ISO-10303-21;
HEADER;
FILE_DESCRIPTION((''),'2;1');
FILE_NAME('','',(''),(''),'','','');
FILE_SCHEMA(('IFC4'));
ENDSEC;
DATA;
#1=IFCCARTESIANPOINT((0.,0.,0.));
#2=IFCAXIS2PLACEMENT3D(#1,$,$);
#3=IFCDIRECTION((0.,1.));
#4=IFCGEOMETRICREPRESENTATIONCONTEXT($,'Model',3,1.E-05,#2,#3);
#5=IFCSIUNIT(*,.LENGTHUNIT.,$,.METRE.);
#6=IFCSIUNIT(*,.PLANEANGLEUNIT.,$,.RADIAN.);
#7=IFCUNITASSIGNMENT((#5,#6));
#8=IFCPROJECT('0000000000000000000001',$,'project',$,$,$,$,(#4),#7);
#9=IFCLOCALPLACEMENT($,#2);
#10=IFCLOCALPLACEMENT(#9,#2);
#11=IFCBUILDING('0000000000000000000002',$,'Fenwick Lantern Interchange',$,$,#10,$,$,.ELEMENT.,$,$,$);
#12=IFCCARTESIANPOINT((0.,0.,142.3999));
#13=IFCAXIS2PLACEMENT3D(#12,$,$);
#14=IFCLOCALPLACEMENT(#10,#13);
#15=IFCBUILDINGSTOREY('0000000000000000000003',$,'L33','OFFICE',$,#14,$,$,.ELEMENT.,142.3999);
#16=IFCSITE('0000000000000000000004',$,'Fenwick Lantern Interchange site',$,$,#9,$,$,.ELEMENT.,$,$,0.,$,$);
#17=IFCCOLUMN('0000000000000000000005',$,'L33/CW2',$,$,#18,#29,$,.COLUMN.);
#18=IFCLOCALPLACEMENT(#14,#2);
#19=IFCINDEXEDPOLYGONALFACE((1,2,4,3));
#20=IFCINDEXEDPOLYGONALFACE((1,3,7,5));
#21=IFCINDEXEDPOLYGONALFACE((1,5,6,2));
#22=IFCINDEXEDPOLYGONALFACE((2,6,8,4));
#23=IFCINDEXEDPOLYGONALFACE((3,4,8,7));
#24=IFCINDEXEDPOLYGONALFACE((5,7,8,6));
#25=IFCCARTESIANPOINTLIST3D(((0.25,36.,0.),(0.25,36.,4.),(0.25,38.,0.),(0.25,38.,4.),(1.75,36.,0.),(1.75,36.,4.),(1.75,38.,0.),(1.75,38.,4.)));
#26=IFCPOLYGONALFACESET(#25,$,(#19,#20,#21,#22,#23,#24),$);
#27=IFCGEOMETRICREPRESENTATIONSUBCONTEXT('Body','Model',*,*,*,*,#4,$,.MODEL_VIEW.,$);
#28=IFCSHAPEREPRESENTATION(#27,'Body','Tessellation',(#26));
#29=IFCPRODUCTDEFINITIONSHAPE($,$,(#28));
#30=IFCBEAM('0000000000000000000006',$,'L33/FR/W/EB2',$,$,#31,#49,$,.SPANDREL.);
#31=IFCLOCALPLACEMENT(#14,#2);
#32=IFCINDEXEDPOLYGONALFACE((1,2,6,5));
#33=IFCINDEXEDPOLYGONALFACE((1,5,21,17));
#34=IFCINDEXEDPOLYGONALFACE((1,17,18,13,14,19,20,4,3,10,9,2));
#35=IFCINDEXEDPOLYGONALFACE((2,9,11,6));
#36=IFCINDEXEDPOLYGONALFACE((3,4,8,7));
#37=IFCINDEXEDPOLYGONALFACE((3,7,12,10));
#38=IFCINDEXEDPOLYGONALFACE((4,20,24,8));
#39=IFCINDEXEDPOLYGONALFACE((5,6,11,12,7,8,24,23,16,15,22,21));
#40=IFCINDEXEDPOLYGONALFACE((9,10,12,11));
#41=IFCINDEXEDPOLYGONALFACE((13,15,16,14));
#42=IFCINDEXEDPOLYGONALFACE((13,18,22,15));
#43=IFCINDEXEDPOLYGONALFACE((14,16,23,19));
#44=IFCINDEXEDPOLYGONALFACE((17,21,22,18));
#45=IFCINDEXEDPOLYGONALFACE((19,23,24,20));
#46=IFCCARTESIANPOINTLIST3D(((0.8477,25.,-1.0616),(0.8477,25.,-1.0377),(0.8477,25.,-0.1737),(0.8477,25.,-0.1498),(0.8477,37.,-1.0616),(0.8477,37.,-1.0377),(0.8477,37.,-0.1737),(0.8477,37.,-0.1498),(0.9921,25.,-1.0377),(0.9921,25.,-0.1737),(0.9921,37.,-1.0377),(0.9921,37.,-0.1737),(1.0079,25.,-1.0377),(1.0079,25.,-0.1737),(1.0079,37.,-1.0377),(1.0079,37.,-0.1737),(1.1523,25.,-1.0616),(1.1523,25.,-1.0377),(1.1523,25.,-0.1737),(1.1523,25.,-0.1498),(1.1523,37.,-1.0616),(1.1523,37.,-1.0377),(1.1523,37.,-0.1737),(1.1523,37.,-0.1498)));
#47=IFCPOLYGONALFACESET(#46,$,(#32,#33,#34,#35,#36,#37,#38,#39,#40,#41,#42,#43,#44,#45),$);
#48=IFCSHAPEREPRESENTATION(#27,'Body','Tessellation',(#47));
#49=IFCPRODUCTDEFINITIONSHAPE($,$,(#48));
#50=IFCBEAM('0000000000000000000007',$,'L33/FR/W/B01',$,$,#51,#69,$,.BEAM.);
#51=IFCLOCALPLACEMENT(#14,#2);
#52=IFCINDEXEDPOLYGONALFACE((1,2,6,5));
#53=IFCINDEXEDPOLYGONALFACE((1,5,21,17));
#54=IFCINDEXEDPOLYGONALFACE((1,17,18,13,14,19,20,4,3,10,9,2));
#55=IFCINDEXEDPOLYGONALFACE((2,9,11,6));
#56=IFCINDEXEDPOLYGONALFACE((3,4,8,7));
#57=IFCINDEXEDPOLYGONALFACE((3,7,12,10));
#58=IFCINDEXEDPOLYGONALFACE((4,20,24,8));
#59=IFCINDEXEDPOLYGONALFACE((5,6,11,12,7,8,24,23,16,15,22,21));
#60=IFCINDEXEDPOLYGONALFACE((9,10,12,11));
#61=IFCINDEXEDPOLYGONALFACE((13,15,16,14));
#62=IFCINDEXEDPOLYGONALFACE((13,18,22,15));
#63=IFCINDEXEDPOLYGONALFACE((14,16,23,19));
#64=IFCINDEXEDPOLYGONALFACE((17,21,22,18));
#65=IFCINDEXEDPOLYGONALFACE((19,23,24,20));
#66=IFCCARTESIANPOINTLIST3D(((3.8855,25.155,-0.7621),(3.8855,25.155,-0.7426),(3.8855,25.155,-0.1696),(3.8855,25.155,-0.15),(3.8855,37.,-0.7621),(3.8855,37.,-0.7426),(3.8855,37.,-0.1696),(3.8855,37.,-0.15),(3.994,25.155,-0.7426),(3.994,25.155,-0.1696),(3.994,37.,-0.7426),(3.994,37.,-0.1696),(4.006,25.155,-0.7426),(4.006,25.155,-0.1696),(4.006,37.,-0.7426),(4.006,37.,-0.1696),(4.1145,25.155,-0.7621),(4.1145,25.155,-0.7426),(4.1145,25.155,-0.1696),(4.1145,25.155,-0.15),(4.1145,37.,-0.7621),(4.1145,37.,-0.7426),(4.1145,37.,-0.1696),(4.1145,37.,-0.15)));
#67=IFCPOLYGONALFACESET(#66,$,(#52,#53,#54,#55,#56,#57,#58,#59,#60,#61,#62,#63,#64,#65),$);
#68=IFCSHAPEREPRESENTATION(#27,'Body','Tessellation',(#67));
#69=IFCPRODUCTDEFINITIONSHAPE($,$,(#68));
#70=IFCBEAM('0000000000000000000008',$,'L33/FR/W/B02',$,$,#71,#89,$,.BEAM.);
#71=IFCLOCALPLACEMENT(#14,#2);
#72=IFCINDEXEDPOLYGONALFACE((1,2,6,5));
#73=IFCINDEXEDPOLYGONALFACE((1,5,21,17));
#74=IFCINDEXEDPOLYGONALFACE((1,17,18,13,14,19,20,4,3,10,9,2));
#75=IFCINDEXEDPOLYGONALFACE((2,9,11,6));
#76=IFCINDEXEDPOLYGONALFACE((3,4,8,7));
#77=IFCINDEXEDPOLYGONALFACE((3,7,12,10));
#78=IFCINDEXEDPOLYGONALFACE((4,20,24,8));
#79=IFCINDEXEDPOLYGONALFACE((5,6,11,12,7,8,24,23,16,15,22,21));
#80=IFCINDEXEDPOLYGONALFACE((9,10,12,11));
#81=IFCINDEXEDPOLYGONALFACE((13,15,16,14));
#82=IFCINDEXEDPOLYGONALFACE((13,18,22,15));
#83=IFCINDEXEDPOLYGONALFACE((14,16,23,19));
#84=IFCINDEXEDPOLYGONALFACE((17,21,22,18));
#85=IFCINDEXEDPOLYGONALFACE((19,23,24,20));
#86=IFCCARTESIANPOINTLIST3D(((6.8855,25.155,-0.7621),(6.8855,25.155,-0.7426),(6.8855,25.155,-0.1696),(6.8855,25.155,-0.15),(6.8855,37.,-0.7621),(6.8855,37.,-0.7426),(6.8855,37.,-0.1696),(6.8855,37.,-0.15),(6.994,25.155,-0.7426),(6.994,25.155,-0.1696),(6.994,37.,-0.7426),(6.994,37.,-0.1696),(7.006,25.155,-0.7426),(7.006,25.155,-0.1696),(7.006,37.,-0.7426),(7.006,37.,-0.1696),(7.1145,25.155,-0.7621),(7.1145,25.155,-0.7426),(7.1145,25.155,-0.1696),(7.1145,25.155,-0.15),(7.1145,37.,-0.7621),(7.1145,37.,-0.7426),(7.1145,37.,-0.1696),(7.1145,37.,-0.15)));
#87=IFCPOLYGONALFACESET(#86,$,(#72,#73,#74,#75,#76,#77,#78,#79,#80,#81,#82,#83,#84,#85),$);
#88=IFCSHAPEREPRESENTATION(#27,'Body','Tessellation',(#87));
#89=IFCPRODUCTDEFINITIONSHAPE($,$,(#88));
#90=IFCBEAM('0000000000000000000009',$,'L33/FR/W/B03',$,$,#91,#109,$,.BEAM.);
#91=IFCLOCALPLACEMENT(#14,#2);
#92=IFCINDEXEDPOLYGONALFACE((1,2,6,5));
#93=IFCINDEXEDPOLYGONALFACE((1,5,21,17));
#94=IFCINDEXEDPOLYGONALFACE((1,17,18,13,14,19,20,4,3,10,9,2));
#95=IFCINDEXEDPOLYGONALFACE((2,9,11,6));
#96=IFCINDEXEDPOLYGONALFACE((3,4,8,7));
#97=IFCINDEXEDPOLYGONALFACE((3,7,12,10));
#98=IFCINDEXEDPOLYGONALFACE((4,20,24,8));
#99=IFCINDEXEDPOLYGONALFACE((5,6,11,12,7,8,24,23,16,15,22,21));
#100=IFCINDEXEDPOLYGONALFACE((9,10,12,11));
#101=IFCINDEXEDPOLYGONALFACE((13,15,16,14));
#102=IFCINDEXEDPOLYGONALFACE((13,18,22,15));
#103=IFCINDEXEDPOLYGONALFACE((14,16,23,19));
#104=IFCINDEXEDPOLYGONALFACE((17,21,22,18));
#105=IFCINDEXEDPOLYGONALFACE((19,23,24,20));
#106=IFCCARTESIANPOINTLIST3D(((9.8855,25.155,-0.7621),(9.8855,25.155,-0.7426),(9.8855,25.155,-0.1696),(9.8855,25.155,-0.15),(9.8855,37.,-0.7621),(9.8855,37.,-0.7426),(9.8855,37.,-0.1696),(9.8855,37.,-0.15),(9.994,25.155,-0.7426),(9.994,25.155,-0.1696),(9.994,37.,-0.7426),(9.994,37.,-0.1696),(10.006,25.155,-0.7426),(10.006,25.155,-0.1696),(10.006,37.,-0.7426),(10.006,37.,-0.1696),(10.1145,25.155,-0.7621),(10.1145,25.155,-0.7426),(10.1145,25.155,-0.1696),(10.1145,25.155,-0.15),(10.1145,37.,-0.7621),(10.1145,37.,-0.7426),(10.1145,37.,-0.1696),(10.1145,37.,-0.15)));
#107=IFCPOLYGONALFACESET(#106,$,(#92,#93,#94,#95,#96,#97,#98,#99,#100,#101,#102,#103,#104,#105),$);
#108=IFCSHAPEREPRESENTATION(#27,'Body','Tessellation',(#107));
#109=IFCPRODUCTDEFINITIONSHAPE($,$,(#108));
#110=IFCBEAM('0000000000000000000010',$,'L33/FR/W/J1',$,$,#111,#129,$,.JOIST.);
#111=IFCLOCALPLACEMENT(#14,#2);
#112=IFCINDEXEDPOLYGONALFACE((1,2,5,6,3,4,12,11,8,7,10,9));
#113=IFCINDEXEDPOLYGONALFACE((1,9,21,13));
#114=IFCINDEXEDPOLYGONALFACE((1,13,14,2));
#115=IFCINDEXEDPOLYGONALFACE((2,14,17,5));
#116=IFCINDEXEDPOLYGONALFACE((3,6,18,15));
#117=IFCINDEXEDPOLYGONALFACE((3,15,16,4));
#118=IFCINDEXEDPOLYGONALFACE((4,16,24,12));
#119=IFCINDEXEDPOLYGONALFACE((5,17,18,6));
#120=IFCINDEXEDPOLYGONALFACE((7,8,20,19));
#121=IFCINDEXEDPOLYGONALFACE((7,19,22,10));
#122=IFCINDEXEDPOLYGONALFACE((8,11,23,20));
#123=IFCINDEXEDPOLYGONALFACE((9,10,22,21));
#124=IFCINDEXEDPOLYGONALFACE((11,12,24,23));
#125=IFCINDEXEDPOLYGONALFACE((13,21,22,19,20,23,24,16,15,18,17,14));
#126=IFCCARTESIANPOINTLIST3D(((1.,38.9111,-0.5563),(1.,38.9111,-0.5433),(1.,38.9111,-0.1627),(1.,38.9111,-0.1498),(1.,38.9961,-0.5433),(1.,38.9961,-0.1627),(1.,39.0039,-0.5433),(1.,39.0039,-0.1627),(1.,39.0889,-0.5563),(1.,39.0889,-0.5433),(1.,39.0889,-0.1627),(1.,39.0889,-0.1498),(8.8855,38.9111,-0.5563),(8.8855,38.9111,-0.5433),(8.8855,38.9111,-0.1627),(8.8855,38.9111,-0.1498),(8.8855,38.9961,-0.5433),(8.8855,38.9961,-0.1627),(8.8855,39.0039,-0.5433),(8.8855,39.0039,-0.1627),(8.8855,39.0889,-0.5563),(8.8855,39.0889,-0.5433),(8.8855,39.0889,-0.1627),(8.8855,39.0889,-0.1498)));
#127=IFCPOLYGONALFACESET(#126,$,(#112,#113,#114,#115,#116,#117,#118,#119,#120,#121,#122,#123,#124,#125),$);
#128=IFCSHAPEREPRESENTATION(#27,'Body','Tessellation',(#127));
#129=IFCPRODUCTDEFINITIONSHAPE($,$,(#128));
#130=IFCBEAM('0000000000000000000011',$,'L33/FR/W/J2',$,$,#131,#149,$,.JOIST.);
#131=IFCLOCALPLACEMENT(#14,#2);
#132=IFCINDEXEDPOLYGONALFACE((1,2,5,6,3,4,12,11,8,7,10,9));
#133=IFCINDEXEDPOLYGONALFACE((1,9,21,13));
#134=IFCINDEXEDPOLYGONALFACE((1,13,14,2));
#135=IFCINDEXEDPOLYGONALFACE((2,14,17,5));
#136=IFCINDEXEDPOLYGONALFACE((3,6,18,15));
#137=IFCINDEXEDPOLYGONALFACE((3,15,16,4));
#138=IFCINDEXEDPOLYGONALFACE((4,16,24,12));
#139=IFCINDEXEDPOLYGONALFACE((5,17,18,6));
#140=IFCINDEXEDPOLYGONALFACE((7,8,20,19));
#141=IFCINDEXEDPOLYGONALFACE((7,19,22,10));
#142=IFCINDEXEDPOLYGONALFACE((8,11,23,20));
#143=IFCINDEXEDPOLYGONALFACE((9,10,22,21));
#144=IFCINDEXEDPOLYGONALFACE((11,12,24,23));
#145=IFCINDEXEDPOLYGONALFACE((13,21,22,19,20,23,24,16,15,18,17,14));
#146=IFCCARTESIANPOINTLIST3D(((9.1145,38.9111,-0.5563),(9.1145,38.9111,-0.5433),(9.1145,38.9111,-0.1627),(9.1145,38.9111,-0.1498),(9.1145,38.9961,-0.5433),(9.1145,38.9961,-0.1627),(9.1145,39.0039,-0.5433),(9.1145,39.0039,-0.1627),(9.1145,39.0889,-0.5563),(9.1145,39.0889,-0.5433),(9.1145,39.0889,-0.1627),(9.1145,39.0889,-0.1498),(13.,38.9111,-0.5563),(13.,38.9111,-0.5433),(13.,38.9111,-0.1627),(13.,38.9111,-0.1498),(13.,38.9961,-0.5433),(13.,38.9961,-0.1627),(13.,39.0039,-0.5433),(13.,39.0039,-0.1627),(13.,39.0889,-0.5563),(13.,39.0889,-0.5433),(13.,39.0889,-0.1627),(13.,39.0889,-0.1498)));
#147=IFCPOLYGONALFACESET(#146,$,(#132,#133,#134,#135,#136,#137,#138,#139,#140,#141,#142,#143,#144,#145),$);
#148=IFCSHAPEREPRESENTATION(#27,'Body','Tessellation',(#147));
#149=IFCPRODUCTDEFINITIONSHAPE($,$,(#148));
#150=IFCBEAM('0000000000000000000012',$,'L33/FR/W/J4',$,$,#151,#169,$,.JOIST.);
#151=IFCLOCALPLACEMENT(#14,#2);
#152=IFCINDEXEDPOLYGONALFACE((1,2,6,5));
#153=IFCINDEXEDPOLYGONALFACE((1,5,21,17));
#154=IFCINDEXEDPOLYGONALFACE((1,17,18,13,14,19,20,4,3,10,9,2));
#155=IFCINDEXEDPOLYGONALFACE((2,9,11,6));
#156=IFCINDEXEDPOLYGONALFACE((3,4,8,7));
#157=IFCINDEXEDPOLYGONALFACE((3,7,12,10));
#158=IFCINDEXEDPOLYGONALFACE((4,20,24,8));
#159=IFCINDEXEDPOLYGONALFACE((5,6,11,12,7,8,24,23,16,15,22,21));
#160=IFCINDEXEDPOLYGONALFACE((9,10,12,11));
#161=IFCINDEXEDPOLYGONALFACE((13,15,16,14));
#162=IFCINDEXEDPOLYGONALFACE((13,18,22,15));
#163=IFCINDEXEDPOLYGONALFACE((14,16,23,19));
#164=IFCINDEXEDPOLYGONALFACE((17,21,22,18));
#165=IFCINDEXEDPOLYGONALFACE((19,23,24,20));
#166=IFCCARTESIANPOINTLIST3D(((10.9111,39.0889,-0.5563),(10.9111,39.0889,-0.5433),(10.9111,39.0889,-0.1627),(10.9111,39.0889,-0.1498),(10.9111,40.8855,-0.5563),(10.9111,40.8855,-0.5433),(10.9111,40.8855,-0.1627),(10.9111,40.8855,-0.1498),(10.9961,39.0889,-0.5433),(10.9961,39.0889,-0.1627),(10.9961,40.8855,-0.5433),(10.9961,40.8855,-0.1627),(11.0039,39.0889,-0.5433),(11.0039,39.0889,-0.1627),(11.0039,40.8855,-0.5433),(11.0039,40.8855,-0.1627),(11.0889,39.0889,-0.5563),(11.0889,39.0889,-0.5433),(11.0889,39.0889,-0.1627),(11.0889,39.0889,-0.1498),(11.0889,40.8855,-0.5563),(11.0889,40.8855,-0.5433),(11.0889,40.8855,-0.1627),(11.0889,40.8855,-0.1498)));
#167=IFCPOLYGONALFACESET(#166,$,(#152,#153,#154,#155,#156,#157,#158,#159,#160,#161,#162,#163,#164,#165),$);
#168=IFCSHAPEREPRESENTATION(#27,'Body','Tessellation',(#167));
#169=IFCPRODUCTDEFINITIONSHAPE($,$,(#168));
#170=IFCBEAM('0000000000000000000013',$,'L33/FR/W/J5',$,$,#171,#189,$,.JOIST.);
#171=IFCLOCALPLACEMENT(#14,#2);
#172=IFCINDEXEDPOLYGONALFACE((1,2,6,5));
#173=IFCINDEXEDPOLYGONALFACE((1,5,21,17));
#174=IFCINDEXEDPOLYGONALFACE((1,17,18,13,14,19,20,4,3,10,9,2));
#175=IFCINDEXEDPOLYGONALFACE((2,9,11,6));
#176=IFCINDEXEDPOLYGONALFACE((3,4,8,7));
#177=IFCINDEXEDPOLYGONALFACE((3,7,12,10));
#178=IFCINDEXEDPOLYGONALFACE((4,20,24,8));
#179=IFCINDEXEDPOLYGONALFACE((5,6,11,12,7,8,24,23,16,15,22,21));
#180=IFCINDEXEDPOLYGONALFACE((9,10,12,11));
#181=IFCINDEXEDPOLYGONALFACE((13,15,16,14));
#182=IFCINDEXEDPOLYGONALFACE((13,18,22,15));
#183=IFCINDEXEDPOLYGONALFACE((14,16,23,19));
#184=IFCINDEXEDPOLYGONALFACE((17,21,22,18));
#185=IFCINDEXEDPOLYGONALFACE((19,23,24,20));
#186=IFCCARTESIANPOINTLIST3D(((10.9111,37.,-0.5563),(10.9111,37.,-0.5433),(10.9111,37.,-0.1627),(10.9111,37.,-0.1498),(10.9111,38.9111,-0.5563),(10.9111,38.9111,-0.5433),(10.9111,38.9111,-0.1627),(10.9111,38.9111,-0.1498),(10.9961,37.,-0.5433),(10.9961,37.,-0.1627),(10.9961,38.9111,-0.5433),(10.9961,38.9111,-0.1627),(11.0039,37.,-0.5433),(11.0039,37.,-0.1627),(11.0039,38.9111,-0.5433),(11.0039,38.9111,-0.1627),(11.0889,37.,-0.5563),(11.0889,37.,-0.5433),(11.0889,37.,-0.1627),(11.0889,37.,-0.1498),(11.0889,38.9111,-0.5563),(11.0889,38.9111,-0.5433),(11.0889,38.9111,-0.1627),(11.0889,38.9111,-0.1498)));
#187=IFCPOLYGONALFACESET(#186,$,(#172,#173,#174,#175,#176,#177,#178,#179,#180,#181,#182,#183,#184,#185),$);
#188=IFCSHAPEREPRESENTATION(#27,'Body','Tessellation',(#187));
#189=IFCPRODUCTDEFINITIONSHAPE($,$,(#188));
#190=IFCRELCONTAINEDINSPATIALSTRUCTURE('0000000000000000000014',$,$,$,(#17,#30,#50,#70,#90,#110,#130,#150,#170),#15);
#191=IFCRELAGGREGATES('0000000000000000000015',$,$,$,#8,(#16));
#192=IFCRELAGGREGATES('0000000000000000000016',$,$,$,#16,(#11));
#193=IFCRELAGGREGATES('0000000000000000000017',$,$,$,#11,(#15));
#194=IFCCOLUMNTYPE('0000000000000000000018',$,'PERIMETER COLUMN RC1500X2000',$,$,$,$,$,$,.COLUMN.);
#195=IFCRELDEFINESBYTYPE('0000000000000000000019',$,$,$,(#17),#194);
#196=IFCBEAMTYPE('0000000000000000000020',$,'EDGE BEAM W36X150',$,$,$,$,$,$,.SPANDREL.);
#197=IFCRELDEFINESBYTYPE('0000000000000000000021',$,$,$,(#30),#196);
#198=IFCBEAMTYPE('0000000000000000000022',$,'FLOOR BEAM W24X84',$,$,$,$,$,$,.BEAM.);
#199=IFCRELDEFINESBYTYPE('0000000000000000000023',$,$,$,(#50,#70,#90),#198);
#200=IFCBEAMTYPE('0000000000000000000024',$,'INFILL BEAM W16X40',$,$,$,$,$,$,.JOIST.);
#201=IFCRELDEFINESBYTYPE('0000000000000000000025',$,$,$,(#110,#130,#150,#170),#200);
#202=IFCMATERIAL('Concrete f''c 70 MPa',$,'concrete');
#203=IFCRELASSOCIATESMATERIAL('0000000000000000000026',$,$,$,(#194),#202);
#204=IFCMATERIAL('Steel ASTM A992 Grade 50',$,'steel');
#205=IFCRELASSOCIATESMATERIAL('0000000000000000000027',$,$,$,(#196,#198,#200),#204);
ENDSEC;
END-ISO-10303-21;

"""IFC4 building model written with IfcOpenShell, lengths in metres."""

from ifc_helpers import new_model, si_unit, direction, frame, origin, origin_2d, place, context, subcontext, project, spatial, rectangle, i_section, extrude, material, material_profile, profile_set, type_object, element, save


model = new_model("IFC4")

# Units and contexts
model_context = context("Model", 3, precision=1e-05, world=origin(), true_north=direction((0.0, 1.0)))
body_context = subcontext(model_context, "Body", "Model", "MODEL_VIEW")
ifc_project = project(units=[si_unit("LENGTHUNIT", "METRE"), si_unit("PLANEANGLEUNIT", "RADIAN")], contexts=[model_context])

# Site, building, storey
site_placement = place(None, origin())
site = spatial("IfcSite", under=ifc_project, at=site_placement, Name="Fenwick Lantern Interchange site", CompositionType="ELEMENT", RefElevation=0.0)
building_placement = place(site_placement, origin())
building = spatial("IfcBuilding", under=site, at=building_placement, Name="Fenwick Lantern Interchange", CompositionType="ELEMENT")
storey_placement = place(building_placement, frame((0.0, 0.0, 142.3999)))
storey = spatial("IfcBuildingStorey", under=building, at=storey_placement, Name="L33", Description="OFFICE", CompositionType="ELEMENT", Elevation=142.3999)

# Column
ifc_material_1 = material(Name="Concrete f'c 70 MPa", Category="concrete")
ifc_material_profile_1 = material_profile(ifc_material_1, rectangle(XDim=1.5, YDim=2.0, at=origin_2d()), Name="RC1500X2000")
ifc_profile_set_1 = profile_set([ifc_material_profile_1], Name="Concrete f'c 70 MPa")
column_type = type_object("IfcColumnType", Name="PERIMETER COLUMN RC1500X2000", PredefinedType="COLUMN", material=ifc_profile_set_1)
column_placement = place(storey_placement, frame((1.0, 37.0, 0.0), z_axis=(0.0, 0.0, 1.0), x_axis=(1.0, 0.0, 0.0)))
element("IfcColumn", 1, at=column_placement, inside=storey, type_object=column_type, Name="L33/CW2", PredefinedType="COLUMN", context=body_context, shape_type="SweptSolid", body=[
    extrude(rectangle(XDim=1.5, YDim=2.0, at=origin_2d()), origin(), (0.0, 0.0, 1.0), 4.0),
])

# Beams
ifc_material_2 = material(Name="Steel ASTM A992 Grade 50", Category="steel")
ifc_material_profile_2 = material_profile(ifc_material_2, i_section(OverallWidth=0.3047, OverallDepth=0.9119, WebThickness=0.0159, FlangeThickness=0.0239, at=origin_2d()), Name="W36X150")
ifc_profile_set_2 = profile_set([ifc_material_profile_2], Name="Steel ASTM A992 Grade 50")
beam_type_1 = type_object("IfcBeamType", Name="EDGE BEAM W36X150", PredefinedType="SPANDREL", material=ifc_profile_set_2)
beam_1_placement = place(storey_placement, frame((1.0, 37.0, -0.6057), z_axis=(0.0, -1.0, 0.0), x_axis=(1.0, 0.0, 0.0)))
element("IfcBeam", 2, at=beam_1_placement, inside=storey, type_object=beam_type_1, Name="L33/FR/W/EB2", PredefinedType="SPANDREL", context=body_context, shape_type="SweptSolid", body=[
    extrude(i_section(OverallWidth=0.3047, OverallDepth=0.9119, WebThickness=0.0159, FlangeThickness=0.0239, at=origin_2d()), origin(), (0.0, 0.0, 1.0), 12.0),
])
ifc_material_profile_3 = material_profile(ifc_material_2, i_section(OverallWidth=0.229, OverallDepth=0.6121, WebThickness=0.012, FlangeThickness=0.0195, at=origin_2d()), Name="W24X84")
ifc_profile_set_3 = profile_set([ifc_material_profile_3], Name="Steel ASTM A992 Grade 50")
beam_type_2 = type_object("IfcBeamType", Name="FLOOR BEAM W24X84", PredefinedType="BEAM", material=ifc_profile_set_3)
for number, where, z_axis, x_axis, name in (
    (3, (4.0, 37.0, -0.4561), (0.0, -1.0, 0.0), (1.0, 0.0, 0.0), "L33/FR/W/B01"),
    (4, (7.0, 37.0, -0.4561), (0.0, -1.0, 0.0), (1.0, 0.0, 0.0), "L33/FR/W/B02"),
    (5, (10.0, 37.0, -0.4561), (0.0, -1.0, 0.0), (1.0, 0.0, 0.0), "L33/FR/W/B03"),
):
    element("IfcBeam", number, at=place(storey_placement, frame(where, z_axis=z_axis, x_axis=x_axis)), inside=storey, type_object=beam_type_2, Name=name, PredefinedType="BEAM", context=body_context, shape_type="SweptSolid", body=[
        extrude(i_section(OverallWidth=0.229, OverallDepth=0.6121, WebThickness=0.012, FlangeThickness=0.0195, at=origin_2d()), origin(), (0.0, 0.0, 1.0), 11.845),
    ])
ifc_material_profile_4 = material_profile(ifc_material_2, i_section(OverallWidth=0.1777, OverallDepth=0.4065, WebThickness=0.0078, FlangeThickness=0.0129, at=origin_2d()), Name="W16X40")
ifc_profile_set_4 = profile_set([ifc_material_profile_4], Name="Steel ASTM A992 Grade 50")
beam_type_3 = type_object("IfcBeamType", Name="INFILL BEAM W16X40", PredefinedType="JOIST", material=ifc_profile_set_4)
beam_2_placement = place(storey_placement, frame((1.0, 39.0, -0.353), z_axis=(1.0, 0.0, 0.0), x_axis=(0.0, 1.0, 0.0)))
element("IfcBeam", 6, at=beam_2_placement, inside=storey, type_object=beam_type_3, Name="L33/FR/W/J1", PredefinedType="JOIST", context=body_context, shape_type="SweptSolid", body=[
    extrude(i_section(OverallWidth=0.1777, OverallDepth=0.4065, WebThickness=0.0078, FlangeThickness=0.0129, at=origin_2d()), origin(), (0.0, 0.0, 1.0), 7.8855),
])
beam_3_placement = place(storey_placement, frame((9.1145, 39.0, -0.353), z_axis=(1.0, 0.0, 0.0), x_axis=(0.0, 1.0, 0.0)))
element("IfcBeam", 7, at=beam_3_placement, inside=storey, type_object=beam_type_3, Name="L33/FR/W/J2", PredefinedType="JOIST", context=body_context, shape_type="SweptSolid", body=[
    extrude(i_section(OverallWidth=0.1777, OverallDepth=0.4065, WebThickness=0.0078, FlangeThickness=0.0129, at=origin_2d()), origin(), (0.0, 0.0, 1.0), 3.8855),
])
beam_4_placement = place(storey_placement, frame((11.0, 40.8855, -0.353), z_axis=(0.0, -1.0, 0.0), x_axis=(1.0, 0.0, 0.0)))
element("IfcBeam", 8, at=beam_4_placement, inside=storey, type_object=beam_type_3, Name="L33/FR/W/J4", PredefinedType="JOIST", context=body_context, shape_type="SweptSolid", body=[
    extrude(i_section(OverallWidth=0.1777, OverallDepth=0.4065, WebThickness=0.0078, FlangeThickness=0.0129, at=origin_2d()), origin(), (0.0, 0.0, 1.0), 1.7966),
])
beam_5_placement = place(storey_placement, frame((11.0, 38.9111, -0.353), z_axis=(0.0, -1.0, 0.0), x_axis=(1.0, 0.0, 0.0)))
element("IfcBeam", 9, at=beam_5_placement, inside=storey, type_object=beam_type_3, Name="L33/FR/W/J5", PredefinedType="JOIST", context=body_context, shape_type="SweptSolid", body=[
    extrude(i_section(OverallWidth=0.1777, OverallDepth=0.4065, WebThickness=0.0078, FlangeThickness=0.0129, at=origin_2d()), origin(), (0.0, 0.0, 1.0), 1.9111),
])

save(model, "model.ifc")
